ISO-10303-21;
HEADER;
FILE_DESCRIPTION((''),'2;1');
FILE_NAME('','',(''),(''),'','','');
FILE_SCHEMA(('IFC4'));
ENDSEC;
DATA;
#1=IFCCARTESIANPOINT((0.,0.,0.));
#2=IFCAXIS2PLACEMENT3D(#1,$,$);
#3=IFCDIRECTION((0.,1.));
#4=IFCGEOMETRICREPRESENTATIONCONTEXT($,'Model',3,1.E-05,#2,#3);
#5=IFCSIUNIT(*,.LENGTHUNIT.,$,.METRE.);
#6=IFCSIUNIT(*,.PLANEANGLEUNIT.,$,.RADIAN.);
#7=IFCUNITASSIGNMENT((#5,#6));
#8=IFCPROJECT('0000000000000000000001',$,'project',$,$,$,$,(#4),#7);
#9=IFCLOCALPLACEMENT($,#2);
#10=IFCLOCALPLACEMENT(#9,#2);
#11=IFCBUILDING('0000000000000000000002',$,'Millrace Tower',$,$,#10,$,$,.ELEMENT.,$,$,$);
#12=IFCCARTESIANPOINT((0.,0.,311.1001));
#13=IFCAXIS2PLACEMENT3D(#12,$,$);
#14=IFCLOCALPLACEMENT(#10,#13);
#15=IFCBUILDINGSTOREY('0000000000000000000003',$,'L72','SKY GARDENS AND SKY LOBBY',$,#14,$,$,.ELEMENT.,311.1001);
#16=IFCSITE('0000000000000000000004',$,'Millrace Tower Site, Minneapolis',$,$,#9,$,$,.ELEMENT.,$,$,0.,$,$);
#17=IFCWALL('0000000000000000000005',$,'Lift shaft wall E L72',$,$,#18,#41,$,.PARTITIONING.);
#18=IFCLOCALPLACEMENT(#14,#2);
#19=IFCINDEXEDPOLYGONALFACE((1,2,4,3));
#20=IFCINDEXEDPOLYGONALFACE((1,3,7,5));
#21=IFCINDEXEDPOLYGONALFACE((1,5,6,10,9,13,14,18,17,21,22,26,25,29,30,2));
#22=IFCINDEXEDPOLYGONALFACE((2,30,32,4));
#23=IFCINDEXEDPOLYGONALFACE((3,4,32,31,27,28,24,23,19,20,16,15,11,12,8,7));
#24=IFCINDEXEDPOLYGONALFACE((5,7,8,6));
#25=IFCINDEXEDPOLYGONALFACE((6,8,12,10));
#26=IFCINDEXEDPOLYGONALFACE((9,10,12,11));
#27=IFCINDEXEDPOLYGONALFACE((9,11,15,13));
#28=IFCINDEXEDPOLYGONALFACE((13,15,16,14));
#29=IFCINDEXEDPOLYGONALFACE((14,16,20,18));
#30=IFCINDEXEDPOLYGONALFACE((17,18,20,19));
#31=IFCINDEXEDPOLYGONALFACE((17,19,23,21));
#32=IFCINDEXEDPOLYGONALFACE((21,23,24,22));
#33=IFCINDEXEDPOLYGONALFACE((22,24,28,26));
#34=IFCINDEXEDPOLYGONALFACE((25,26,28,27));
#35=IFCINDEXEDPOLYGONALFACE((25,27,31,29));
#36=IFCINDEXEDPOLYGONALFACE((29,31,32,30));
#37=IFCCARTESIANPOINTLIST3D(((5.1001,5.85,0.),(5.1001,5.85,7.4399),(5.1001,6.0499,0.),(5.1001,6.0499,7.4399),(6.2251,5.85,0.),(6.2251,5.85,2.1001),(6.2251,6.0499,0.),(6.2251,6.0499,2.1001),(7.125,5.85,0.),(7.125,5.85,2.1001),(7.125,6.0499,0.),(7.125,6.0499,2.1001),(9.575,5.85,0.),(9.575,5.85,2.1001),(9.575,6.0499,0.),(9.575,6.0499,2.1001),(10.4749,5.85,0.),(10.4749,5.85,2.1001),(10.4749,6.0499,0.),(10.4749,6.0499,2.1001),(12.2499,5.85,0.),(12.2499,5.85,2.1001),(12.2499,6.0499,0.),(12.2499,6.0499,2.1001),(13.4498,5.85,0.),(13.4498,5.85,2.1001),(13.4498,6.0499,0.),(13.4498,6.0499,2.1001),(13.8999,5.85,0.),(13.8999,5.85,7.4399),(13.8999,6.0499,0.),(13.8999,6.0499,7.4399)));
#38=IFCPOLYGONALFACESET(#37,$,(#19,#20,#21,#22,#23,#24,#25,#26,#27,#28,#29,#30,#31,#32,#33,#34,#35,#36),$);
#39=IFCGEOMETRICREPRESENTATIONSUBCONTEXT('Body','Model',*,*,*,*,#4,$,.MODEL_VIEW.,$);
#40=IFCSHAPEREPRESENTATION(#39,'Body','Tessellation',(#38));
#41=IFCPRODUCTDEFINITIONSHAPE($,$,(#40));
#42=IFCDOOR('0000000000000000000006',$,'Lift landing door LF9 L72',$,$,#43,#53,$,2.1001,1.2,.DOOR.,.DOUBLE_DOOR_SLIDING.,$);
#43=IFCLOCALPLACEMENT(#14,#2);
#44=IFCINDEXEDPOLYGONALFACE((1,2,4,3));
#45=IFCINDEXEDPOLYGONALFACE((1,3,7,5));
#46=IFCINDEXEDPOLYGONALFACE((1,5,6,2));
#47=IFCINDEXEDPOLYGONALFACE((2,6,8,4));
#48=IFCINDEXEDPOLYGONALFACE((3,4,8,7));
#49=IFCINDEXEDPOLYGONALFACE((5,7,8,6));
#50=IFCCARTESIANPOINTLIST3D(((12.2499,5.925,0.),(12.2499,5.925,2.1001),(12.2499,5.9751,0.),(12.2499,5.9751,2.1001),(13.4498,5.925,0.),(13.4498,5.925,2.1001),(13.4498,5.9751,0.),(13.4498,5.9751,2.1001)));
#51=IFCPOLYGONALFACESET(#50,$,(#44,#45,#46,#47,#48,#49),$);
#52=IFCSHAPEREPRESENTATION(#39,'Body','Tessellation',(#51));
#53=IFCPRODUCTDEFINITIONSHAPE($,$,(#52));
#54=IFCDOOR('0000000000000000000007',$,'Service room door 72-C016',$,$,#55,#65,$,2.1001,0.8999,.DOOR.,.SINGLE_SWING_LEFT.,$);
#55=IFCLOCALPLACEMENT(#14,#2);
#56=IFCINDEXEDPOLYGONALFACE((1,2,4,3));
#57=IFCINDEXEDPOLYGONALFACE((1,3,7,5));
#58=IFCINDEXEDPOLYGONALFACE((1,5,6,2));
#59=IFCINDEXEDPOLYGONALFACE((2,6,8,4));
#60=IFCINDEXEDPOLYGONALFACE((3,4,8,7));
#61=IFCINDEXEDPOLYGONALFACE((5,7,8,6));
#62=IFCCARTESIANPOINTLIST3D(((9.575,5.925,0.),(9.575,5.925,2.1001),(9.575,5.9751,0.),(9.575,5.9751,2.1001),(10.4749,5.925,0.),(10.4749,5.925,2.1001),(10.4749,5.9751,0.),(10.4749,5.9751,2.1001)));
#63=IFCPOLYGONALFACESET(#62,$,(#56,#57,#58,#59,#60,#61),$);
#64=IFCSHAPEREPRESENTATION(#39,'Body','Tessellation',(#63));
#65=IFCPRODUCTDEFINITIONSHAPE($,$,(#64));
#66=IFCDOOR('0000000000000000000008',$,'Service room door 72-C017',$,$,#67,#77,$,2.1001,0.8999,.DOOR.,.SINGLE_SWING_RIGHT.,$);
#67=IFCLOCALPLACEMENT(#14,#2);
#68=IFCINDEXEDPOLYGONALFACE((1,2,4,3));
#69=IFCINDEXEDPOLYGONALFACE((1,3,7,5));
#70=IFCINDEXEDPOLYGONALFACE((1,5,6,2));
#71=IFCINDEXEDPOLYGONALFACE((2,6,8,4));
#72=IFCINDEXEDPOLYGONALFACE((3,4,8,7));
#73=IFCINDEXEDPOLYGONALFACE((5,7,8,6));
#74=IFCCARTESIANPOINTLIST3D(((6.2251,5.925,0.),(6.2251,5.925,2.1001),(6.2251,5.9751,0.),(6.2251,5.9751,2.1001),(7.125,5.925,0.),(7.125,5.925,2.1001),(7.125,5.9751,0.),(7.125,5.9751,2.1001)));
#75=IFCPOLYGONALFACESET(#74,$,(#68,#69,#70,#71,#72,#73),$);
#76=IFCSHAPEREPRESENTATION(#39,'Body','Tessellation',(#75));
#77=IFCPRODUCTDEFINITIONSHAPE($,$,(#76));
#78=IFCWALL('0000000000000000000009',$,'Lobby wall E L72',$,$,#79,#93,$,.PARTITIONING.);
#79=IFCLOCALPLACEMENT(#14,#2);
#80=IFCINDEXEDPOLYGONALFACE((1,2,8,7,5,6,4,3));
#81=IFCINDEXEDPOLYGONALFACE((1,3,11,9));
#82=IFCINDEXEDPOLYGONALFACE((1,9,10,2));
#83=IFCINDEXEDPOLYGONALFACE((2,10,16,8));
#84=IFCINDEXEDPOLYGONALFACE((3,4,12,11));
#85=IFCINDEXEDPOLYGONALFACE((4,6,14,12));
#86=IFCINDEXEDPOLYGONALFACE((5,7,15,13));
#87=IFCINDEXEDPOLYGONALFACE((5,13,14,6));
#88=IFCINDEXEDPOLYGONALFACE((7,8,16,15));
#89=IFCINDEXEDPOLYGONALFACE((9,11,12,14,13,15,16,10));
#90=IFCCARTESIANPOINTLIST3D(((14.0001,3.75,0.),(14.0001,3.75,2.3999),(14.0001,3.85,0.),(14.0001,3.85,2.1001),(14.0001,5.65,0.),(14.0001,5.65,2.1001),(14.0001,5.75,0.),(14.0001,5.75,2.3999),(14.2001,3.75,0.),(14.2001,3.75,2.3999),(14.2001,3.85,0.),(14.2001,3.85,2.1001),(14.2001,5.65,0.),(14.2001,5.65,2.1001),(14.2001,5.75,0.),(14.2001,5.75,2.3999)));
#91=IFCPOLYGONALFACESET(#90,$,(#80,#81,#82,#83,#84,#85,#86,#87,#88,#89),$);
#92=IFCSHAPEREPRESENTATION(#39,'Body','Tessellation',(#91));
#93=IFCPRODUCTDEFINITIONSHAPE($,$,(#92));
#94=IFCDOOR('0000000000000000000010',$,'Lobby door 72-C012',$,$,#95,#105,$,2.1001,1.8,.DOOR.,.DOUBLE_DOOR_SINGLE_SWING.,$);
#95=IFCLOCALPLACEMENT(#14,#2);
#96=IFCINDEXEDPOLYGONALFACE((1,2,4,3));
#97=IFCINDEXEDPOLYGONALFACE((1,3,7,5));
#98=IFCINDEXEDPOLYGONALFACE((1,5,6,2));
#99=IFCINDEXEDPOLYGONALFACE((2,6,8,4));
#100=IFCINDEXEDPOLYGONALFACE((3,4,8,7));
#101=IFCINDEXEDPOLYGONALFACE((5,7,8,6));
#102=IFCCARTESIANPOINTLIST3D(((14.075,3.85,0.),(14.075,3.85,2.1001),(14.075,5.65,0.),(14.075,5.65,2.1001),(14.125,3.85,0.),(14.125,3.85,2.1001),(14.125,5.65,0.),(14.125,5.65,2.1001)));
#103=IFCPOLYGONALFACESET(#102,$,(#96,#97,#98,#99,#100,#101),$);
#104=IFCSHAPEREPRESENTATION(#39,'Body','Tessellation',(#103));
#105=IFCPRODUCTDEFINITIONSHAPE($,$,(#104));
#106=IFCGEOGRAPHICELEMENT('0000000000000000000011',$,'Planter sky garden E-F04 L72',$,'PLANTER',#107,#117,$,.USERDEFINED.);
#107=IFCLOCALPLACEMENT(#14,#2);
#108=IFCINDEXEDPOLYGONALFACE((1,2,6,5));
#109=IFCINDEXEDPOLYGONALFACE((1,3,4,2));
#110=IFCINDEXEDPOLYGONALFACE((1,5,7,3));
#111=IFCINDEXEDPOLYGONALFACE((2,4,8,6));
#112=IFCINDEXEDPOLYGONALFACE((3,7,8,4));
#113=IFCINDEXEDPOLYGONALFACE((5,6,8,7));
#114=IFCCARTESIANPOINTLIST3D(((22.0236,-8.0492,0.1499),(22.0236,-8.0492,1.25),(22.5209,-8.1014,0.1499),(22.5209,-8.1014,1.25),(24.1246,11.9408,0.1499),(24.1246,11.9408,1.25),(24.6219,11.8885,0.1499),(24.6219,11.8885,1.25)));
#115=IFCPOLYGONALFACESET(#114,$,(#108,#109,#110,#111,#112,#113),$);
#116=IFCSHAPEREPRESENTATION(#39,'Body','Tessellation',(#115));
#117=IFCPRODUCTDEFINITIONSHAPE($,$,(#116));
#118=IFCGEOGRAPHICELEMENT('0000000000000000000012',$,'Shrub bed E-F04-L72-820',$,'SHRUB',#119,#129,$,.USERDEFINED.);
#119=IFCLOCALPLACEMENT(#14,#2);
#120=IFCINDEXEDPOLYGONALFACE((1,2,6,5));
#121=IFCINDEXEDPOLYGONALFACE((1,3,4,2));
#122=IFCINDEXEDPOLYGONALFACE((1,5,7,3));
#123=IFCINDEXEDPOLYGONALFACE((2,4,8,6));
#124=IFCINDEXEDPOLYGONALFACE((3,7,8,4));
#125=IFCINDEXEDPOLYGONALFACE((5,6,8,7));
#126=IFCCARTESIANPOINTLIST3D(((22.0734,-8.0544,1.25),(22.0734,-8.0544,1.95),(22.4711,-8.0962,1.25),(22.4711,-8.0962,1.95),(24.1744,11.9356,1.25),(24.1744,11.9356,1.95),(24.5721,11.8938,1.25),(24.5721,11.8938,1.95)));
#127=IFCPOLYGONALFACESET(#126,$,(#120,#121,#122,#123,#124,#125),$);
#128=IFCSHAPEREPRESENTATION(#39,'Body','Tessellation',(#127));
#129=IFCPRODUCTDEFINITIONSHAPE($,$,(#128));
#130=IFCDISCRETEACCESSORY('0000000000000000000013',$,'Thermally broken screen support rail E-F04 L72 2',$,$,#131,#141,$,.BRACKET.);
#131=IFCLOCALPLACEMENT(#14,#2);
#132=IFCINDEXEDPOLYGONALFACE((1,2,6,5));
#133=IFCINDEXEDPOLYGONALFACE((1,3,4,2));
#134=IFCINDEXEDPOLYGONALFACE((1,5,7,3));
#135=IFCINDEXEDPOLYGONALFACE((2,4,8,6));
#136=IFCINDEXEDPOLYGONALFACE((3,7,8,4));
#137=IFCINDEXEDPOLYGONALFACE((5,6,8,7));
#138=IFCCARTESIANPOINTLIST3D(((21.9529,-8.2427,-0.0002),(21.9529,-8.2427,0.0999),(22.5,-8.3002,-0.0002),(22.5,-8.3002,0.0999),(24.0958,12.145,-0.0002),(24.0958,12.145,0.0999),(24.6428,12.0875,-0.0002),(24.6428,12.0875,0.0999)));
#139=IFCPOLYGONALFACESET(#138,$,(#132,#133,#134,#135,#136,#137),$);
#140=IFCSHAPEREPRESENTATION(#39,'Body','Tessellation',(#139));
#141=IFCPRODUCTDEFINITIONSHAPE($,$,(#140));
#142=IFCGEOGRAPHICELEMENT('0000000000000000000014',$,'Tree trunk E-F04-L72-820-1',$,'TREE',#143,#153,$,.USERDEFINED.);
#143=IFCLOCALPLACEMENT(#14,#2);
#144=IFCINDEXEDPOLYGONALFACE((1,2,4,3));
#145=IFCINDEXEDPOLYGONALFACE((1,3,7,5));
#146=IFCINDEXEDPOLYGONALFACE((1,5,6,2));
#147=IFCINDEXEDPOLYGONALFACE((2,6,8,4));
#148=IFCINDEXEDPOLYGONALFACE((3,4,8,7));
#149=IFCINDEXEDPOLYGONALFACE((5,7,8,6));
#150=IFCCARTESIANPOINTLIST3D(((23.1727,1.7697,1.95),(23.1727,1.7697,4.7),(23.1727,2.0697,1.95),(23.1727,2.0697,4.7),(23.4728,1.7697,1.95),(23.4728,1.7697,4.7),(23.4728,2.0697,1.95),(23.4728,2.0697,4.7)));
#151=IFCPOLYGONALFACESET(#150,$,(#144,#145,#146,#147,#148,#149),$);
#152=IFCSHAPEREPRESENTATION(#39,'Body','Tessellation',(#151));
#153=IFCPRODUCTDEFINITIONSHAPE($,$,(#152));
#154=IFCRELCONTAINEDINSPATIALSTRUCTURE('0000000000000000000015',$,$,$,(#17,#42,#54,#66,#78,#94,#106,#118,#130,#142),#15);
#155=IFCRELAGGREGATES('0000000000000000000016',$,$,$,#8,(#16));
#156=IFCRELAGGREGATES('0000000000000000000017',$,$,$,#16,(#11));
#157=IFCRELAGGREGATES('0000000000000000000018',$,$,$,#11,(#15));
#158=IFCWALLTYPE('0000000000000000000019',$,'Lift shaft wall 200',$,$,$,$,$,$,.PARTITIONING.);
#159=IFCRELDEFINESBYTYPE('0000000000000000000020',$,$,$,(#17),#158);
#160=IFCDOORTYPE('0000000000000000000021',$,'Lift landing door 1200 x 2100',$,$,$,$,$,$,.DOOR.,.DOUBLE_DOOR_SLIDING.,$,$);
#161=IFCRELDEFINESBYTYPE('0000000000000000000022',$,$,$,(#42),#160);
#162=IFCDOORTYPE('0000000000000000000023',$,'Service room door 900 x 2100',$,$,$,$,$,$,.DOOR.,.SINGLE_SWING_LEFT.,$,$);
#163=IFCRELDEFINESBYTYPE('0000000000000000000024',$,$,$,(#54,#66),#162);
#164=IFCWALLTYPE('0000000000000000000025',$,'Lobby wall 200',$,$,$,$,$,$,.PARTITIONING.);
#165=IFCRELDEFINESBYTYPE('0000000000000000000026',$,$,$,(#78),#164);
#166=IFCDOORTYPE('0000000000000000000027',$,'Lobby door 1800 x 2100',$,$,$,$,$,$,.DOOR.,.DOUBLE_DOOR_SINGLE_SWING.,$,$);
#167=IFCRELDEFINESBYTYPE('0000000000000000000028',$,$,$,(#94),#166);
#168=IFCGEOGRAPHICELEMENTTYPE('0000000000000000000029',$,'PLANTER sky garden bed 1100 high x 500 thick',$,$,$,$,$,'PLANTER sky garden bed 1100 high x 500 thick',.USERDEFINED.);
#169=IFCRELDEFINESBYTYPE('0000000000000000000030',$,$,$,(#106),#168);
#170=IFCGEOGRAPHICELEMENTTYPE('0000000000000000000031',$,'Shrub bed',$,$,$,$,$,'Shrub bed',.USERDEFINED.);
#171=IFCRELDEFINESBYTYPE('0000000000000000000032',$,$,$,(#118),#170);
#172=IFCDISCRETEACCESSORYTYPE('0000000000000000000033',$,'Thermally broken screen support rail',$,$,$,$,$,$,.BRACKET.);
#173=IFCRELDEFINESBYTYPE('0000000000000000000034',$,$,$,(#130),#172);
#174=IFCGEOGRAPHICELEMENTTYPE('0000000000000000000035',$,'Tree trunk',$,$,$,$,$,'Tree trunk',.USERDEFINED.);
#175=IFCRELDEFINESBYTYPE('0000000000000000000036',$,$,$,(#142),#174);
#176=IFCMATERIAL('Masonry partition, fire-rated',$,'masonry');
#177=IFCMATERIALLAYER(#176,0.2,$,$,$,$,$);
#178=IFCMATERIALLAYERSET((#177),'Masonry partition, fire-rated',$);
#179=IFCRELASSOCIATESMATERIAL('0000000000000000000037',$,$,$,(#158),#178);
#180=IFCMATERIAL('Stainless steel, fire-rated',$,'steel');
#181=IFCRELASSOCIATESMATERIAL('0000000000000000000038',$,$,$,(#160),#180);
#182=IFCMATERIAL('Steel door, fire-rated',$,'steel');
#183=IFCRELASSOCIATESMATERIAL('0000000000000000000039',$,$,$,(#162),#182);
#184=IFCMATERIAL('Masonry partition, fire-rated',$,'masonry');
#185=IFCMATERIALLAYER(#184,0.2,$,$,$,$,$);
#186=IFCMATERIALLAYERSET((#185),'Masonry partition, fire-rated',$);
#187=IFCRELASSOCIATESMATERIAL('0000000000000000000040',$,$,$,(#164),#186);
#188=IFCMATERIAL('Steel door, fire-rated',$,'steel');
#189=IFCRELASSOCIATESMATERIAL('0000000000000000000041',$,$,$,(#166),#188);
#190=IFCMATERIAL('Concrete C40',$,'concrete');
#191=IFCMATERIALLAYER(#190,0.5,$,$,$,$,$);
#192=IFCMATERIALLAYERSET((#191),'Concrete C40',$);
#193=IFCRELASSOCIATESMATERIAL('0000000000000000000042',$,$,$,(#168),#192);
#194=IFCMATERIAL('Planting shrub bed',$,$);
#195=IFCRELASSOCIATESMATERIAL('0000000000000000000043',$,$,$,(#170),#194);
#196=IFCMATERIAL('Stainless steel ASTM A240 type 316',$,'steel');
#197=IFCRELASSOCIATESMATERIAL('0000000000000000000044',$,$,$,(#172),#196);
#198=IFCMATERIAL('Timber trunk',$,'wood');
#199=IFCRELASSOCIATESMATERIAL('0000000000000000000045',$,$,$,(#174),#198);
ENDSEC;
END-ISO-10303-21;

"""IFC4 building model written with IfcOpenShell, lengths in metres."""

from ifc_helpers import new_model, si_unit, direction, frame, frame_2d, origin, origin_2d, place, context, subcontext, project, spatial, rectangle, extrude, material, layer, layer_set, type_object, element, fill, save


model = new_model("IFC4")

# Units and contexts
model_context = context("Model", 3, precision=1e-05, world=origin(), true_north=direction((0.0, 1.0)))
body_context = subcontext(model_context, "Body", "Model", "MODEL_VIEW")
ifc_project = project(units=[si_unit("LENGTHUNIT", "METRE"), si_unit("PLANEANGLEUNIT", "RADIAN")], contexts=[model_context])

# Site, building, storey
site_placement = place(None, origin())
site = spatial("IfcSite", under=ifc_project, at=site_placement, Name="Millrace Tower Site, Minneapolis", CompositionType="ELEMENT", RefElevation=0.0)
building_placement = place(site_placement, origin())
building = spatial("IfcBuilding", under=site, at=building_placement, Name="Millrace Tower", CompositionType="ELEMENT")
storey_placement = place(building_placement, frame((0.0, 0.0, 311.1001)))
storey = spatial("IfcBuildingStorey", under=building, at=storey_placement, Name="L72", Description="SKY GARDENS AND SKY LOBBY", CompositionType="ELEMENT", Elevation=311.1001)

# Wall, openings, doors
ifc_material_1 = material(Name="Masonry partition, fire-rated", Category="masonry")
ifc_layer_1 = layer(ifc_material_1, 0.2)
ifc_layer_set_1 = layer_set([ifc_layer_1], Name="Masonry partition, fire-rated")
wall_type_1 = type_object("IfcWallType", Name="Lift shaft wall 200", PredefinedType="PARTITIONING", material=ifc_layer_set_1)
wall_1_placement = place(storey_placement, frame((13.8999, 5.95, 0.0), z_axis=(0.0, 0.0, 1.0), x_axis=(-1.0, 0.0, 0.0)))
wall_1 = element("IfcWall", 1, at=wall_1_placement, inside=storey, type_object=wall_type_1, Name="Lift shaft wall E L72", PredefinedType="PARTITIONING", context=body_context, shape_type="SweptSolid", body=[
    extrude(rectangle(XDim=8.7998, YDim=0.2, at=frame_2d((4.3999, 0.0))), origin(), (0.0, 0.0, 1.0), 7.4399),
])
opening_1_placement = place(wall_1_placement, frame((0.45, 0.0, 0.0)))
opening_1 = element("IfcOpeningElement", 2, at=opening_1_placement, cuts=wall_1, PredefinedType="OPENING", context=body_context, shape_type="SweptSolid", body=[
    extrude(rectangle(XDim=1.2, YDim=2.1001, at=frame_2d((0.6001, 1.05))), frame((0.0, 0.1099, 0.0), z_axis=(0.0, -1.0, 0.0), x_axis=(1.0, 0.0, 0.0)), (0.0, 0.0, 1.0), 0.22),
])
opening_2_placement = place(wall_1_placement, frame((3.425, 0.0, 0.0)))
opening_2 = element("IfcOpeningElement", 3, at=opening_2_placement, cuts=wall_1, PredefinedType="OPENING", context=body_context, shape_type="SweptSolid", body=[
    extrude(rectangle(XDim=0.8999, YDim=2.1001, at=frame_2d((0.45, 1.05))), frame((0.0, 0.1099, 0.0), z_axis=(0.0, -1.0, 0.0), x_axis=(1.0, 0.0, 0.0)), (0.0, 0.0, 1.0), 0.22),
])
opening_3_placement = place(wall_1_placement, frame((6.7749, 0.0, 0.0)))
opening_3 = element("IfcOpeningElement", 4, at=opening_3_placement, cuts=wall_1, PredefinedType="OPENING", context=body_context, shape_type="SweptSolid", body=[
    extrude(rectangle(XDim=0.8999, YDim=2.1001, at=frame_2d((0.45, 1.05))), frame((0.0, 0.1099, 0.0), z_axis=(0.0, -1.0, 0.0), x_axis=(1.0, 0.0, 0.0)), (0.0, 0.0, 1.0), 0.22),
])
ifc_material_2 = material(Name="Stainless steel, fire-rated", Category="steel")
door_type_1 = type_object("IfcDoorType", Name="Lift landing door 1200 x 2100", OperationType="DOUBLE_DOOR_SLIDING", PredefinedType="DOOR", material=ifc_material_2)
door_1_placement = place(opening_1_placement, origin())
door_1 = element("IfcDoor", 5, at=door_1_placement, inside=storey, type_object=door_type_1, Name="Lift landing door LF9 L72", OperationType="DOUBLE_DOOR_SLIDING", OverallHeight=2.1001, OverallWidth=1.2, PredefinedType="DOOR", context=body_context, shape_type="SweptSolid", body=[
    extrude(rectangle(XDim=1.2, YDim=2.1001, at=frame_2d((0.6001, 1.05))), frame((0.0, 0.0249, 0.0), z_axis=(0.0, -1.0, 0.0), x_axis=(1.0, 0.0, 0.0)), (0.0, 0.0, 1.0), 0.05),
])
fill(opening_1, door_1)
ifc_material_3 = material(Name="Steel door, fire-rated", Category="steel")
door_type_2 = type_object("IfcDoorType", Name="Service room door 900 x 2100", OperationType="SINGLE_SWING_LEFT", PredefinedType="DOOR", material=ifc_material_3)
door_2_placement = place(opening_2_placement, origin())
door_2 = element("IfcDoor", 6, at=door_2_placement, inside=storey, type_object=door_type_2, Name="Service room door 72-C016", OperationType="SINGLE_SWING_LEFT", OverallHeight=2.1001, OverallWidth=0.8999, PredefinedType="DOOR", context=body_context, shape_type="SweptSolid", body=[
    extrude(rectangle(XDim=0.8999, YDim=2.1001, at=frame_2d((0.45, 1.05))), frame((0.0, 0.0249, 0.0), z_axis=(0.0, -1.0, 0.0), x_axis=(1.0, 0.0, 0.0)), (0.0, 0.0, 1.0), 0.05),
])
fill(opening_2, door_2)
door_3_placement = place(opening_3_placement, origin())
door_3 = element("IfcDoor", 7, at=door_3_placement, inside=storey, type_object=door_type_2, Name="Service room door 72-C017", OperationType="SINGLE_SWING_RIGHT", OverallHeight=2.1001, OverallWidth=0.8999, PredefinedType="DOOR", context=body_context, shape_type="SweptSolid", body=[
    extrude(rectangle(XDim=0.8999, YDim=2.1001, at=frame_2d((0.45, 1.05))), frame((0.0, 0.0249, 0.0), z_axis=(0.0, -1.0, 0.0), x_axis=(1.0, 0.0, 0.0)), (0.0, 0.0, 1.0), 0.05),
])
fill(opening_3, door_3)

# Wall, opening, door
ifc_material_4 = material(Name="Masonry partition, fire-rated", Category="masonry")
ifc_layer_2 = layer(ifc_material_4, 0.2)
ifc_layer_set_2 = layer_set([ifc_layer_2], Name="Masonry partition, fire-rated")
wall_type_2 = type_object("IfcWallType", Name="Lobby wall 200", PredefinedType="PARTITIONING", material=ifc_layer_set_2)
wall_2_placement = place(storey_placement, frame((14.1001, 5.75, 0.0), z_axis=(0.0, 0.0, 1.0), x_axis=(0.0, -1.0, 0.0)))
wall_2 = element("IfcWall", 8, at=wall_2_placement, inside=storey, type_object=wall_type_2, Name="Lobby wall E L72", PredefinedType="PARTITIONING", context=body_context, shape_type="SweptSolid", body=[
    extrude(rectangle(XDim=2.0, YDim=0.2, at=frame_2d((1.0, 0.0))), origin(), (0.0, 0.0, 1.0), 2.3999),
])
opening_4_placement = place(wall_2_placement, frame((0.1001, 0.0, 0.0)))
opening_4 = element("IfcOpeningElement", 9, at=opening_4_placement, cuts=wall_2, PredefinedType="OPENING", context=body_context, shape_type="SweptSolid", body=[
    extrude(rectangle(XDim=1.8, YDim=2.1001, at=frame_2d((0.8999, 1.05))), frame((0.0, 0.1099, 0.0), z_axis=(0.0, -1.0, 0.0), x_axis=(1.0, 0.0, 0.0)), (0.0, 0.0, 1.0), 0.22),
])
ifc_material_5 = material(Name="Steel door, fire-rated", Category="steel")
door_type_3 = type_object("IfcDoorType", Name="Lobby door 1800 x 2100", OperationType="DOUBLE_DOOR_SINGLE_SWING", PredefinedType="DOOR", material=ifc_material_5)
door_4_placement = place(opening_4_placement, origin())
door_4 = element("IfcDoor", 10, at=door_4_placement, inside=storey, type_object=door_type_3, Name="Lobby door 72-C012", OperationType="DOUBLE_DOOR_SINGLE_SWING", OverallHeight=2.1001, OverallWidth=1.8, PredefinedType="DOOR", context=body_context, shape_type="SweptSolid", body=[
    extrude(rectangle(XDim=1.8, YDim=2.1001, at=frame_2d((0.8999, 1.05))), frame((0.0, 0.0249, 0.0), z_axis=(0.0, -1.0, 0.0), x_axis=(1.0, 0.0, 0.0)), (0.0, 0.0, 1.0), 0.05),
])
fill(opening_4, door_4)

# Geographic elements
ifc_material_6 = material(Name="Concrete C40", Category="concrete")
ifc_layer_3 = layer(ifc_material_6, 0.5)
ifc_layer_set_3 = layer_set([ifc_layer_3], Name="Concrete C40")
geographic_element_type_1 = type_object("IfcGeographicElementType", Name="PLANTER sky garden bed 1100 high x 500 thick", ElementType="PLANTER sky garden bed 1100 high x 500 thick", PredefinedType="USERDEFINED", material=ifc_layer_set_3)
geographic_element_1_placement = place(storey_placement, frame((23.3228, 1.9197, 0.1499), z_axis=(0.0, 0.0, 1.0), x_axis=(0.104528, 0.994522, 0.0)))
element("IfcGeographicElement", 11, at=geographic_element_1_placement, inside=storey, type_object=geographic_element_type_1, Name="Planter sky garden E-F04 L72", ObjectType="PLANTER", PredefinedType="USERDEFINED", context=body_context, shape_type="SweptSolid", body=[
    extrude(rectangle(XDim=20.1001, YDim=0.5, at=origin_2d()), origin(), (0.0, 0.0, 1.0), 1.1001),
])
ifc_material_7 = material(Name="Planting shrub bed")
geographic_element_type_2 = type_object("IfcGeographicElementType", Name="Shrub bed", ElementType="Shrub bed", PredefinedType="USERDEFINED", material=ifc_material_7)
geographic_element_2_placement = place(storey_placement, frame((23.3228, 1.9197, 1.25), z_axis=(0.0, 0.0, 1.0), x_axis=(0.104528, 0.994522, 0.0)))
element("IfcGeographicElement", 12, at=geographic_element_2_placement, inside=storey, type_object=geographic_element_type_2, Name="Shrub bed E-F04-L72-820", ObjectType="SHRUB", PredefinedType="USERDEFINED", context=body_context, shape_type="SweptSolid", body=[
    extrude(rectangle(XDim=20.1001, YDim=0.3999, at=origin_2d()), origin(), (0.0, 0.0, 1.0), 0.7),
])

# Discrete accessory
ifc_material_8 = material(Name="Stainless steel ASTM A240 type 316", Category="steel")
discrete_accessory_type = type_object("IfcDiscreteAccessoryType", Name="Thermally broken screen support rail", PredefinedType="BRACKET", material=ifc_material_8)
discrete_accessory_placement = place(storey_placement, frame((23.2979, 1.9224, -0.0002), z_axis=(0.0, 0.0, 1.0), x_axis=(0.104528, 0.994522, 0.0)))
element("IfcDiscreteAccessory", 13, at=discrete_accessory_placement, inside=storey, type_object=discrete_accessory_type, Name="Thermally broken screen support rail E-F04 L72 2", PredefinedType="BRACKET", context=body_context, shape_type="SweptSolid", body=[
    extrude(rectangle(XDim=20.5, YDim=0.55, at=origin_2d()), origin(), (0.0, 0.0, 1.0), 0.1001),
])

# Geographic element
ifc_material_9 = material(Name="Timber trunk", Category="wood")
geographic_element_type_3 = type_object("IfcGeographicElementType", Name="Tree trunk", ElementType="Tree trunk", PredefinedType="USERDEFINED", material=ifc_material_9)
geographic_element_3_placement = place(storey_placement, frame((23.3228, 1.9197, 1.95), z_axis=(0.0, 0.0, 1.0), x_axis=(1.0, 0.0, 0.0)))
element("IfcGeographicElement", 14, at=geographic_element_3_placement, inside=storey, type_object=geographic_element_type_3, Name="Tree trunk E-F04-L72-820-1", ObjectType="TREE", PredefinedType="USERDEFINED", context=body_context, shape_type="SweptSolid", body=[
    extrude(rectangle(XDim=0.3, YDim=0.3, at=origin_2d()), origin(), (0.0, 0.0, 1.0), 2.75),
])

save(model, "model.ifc")
